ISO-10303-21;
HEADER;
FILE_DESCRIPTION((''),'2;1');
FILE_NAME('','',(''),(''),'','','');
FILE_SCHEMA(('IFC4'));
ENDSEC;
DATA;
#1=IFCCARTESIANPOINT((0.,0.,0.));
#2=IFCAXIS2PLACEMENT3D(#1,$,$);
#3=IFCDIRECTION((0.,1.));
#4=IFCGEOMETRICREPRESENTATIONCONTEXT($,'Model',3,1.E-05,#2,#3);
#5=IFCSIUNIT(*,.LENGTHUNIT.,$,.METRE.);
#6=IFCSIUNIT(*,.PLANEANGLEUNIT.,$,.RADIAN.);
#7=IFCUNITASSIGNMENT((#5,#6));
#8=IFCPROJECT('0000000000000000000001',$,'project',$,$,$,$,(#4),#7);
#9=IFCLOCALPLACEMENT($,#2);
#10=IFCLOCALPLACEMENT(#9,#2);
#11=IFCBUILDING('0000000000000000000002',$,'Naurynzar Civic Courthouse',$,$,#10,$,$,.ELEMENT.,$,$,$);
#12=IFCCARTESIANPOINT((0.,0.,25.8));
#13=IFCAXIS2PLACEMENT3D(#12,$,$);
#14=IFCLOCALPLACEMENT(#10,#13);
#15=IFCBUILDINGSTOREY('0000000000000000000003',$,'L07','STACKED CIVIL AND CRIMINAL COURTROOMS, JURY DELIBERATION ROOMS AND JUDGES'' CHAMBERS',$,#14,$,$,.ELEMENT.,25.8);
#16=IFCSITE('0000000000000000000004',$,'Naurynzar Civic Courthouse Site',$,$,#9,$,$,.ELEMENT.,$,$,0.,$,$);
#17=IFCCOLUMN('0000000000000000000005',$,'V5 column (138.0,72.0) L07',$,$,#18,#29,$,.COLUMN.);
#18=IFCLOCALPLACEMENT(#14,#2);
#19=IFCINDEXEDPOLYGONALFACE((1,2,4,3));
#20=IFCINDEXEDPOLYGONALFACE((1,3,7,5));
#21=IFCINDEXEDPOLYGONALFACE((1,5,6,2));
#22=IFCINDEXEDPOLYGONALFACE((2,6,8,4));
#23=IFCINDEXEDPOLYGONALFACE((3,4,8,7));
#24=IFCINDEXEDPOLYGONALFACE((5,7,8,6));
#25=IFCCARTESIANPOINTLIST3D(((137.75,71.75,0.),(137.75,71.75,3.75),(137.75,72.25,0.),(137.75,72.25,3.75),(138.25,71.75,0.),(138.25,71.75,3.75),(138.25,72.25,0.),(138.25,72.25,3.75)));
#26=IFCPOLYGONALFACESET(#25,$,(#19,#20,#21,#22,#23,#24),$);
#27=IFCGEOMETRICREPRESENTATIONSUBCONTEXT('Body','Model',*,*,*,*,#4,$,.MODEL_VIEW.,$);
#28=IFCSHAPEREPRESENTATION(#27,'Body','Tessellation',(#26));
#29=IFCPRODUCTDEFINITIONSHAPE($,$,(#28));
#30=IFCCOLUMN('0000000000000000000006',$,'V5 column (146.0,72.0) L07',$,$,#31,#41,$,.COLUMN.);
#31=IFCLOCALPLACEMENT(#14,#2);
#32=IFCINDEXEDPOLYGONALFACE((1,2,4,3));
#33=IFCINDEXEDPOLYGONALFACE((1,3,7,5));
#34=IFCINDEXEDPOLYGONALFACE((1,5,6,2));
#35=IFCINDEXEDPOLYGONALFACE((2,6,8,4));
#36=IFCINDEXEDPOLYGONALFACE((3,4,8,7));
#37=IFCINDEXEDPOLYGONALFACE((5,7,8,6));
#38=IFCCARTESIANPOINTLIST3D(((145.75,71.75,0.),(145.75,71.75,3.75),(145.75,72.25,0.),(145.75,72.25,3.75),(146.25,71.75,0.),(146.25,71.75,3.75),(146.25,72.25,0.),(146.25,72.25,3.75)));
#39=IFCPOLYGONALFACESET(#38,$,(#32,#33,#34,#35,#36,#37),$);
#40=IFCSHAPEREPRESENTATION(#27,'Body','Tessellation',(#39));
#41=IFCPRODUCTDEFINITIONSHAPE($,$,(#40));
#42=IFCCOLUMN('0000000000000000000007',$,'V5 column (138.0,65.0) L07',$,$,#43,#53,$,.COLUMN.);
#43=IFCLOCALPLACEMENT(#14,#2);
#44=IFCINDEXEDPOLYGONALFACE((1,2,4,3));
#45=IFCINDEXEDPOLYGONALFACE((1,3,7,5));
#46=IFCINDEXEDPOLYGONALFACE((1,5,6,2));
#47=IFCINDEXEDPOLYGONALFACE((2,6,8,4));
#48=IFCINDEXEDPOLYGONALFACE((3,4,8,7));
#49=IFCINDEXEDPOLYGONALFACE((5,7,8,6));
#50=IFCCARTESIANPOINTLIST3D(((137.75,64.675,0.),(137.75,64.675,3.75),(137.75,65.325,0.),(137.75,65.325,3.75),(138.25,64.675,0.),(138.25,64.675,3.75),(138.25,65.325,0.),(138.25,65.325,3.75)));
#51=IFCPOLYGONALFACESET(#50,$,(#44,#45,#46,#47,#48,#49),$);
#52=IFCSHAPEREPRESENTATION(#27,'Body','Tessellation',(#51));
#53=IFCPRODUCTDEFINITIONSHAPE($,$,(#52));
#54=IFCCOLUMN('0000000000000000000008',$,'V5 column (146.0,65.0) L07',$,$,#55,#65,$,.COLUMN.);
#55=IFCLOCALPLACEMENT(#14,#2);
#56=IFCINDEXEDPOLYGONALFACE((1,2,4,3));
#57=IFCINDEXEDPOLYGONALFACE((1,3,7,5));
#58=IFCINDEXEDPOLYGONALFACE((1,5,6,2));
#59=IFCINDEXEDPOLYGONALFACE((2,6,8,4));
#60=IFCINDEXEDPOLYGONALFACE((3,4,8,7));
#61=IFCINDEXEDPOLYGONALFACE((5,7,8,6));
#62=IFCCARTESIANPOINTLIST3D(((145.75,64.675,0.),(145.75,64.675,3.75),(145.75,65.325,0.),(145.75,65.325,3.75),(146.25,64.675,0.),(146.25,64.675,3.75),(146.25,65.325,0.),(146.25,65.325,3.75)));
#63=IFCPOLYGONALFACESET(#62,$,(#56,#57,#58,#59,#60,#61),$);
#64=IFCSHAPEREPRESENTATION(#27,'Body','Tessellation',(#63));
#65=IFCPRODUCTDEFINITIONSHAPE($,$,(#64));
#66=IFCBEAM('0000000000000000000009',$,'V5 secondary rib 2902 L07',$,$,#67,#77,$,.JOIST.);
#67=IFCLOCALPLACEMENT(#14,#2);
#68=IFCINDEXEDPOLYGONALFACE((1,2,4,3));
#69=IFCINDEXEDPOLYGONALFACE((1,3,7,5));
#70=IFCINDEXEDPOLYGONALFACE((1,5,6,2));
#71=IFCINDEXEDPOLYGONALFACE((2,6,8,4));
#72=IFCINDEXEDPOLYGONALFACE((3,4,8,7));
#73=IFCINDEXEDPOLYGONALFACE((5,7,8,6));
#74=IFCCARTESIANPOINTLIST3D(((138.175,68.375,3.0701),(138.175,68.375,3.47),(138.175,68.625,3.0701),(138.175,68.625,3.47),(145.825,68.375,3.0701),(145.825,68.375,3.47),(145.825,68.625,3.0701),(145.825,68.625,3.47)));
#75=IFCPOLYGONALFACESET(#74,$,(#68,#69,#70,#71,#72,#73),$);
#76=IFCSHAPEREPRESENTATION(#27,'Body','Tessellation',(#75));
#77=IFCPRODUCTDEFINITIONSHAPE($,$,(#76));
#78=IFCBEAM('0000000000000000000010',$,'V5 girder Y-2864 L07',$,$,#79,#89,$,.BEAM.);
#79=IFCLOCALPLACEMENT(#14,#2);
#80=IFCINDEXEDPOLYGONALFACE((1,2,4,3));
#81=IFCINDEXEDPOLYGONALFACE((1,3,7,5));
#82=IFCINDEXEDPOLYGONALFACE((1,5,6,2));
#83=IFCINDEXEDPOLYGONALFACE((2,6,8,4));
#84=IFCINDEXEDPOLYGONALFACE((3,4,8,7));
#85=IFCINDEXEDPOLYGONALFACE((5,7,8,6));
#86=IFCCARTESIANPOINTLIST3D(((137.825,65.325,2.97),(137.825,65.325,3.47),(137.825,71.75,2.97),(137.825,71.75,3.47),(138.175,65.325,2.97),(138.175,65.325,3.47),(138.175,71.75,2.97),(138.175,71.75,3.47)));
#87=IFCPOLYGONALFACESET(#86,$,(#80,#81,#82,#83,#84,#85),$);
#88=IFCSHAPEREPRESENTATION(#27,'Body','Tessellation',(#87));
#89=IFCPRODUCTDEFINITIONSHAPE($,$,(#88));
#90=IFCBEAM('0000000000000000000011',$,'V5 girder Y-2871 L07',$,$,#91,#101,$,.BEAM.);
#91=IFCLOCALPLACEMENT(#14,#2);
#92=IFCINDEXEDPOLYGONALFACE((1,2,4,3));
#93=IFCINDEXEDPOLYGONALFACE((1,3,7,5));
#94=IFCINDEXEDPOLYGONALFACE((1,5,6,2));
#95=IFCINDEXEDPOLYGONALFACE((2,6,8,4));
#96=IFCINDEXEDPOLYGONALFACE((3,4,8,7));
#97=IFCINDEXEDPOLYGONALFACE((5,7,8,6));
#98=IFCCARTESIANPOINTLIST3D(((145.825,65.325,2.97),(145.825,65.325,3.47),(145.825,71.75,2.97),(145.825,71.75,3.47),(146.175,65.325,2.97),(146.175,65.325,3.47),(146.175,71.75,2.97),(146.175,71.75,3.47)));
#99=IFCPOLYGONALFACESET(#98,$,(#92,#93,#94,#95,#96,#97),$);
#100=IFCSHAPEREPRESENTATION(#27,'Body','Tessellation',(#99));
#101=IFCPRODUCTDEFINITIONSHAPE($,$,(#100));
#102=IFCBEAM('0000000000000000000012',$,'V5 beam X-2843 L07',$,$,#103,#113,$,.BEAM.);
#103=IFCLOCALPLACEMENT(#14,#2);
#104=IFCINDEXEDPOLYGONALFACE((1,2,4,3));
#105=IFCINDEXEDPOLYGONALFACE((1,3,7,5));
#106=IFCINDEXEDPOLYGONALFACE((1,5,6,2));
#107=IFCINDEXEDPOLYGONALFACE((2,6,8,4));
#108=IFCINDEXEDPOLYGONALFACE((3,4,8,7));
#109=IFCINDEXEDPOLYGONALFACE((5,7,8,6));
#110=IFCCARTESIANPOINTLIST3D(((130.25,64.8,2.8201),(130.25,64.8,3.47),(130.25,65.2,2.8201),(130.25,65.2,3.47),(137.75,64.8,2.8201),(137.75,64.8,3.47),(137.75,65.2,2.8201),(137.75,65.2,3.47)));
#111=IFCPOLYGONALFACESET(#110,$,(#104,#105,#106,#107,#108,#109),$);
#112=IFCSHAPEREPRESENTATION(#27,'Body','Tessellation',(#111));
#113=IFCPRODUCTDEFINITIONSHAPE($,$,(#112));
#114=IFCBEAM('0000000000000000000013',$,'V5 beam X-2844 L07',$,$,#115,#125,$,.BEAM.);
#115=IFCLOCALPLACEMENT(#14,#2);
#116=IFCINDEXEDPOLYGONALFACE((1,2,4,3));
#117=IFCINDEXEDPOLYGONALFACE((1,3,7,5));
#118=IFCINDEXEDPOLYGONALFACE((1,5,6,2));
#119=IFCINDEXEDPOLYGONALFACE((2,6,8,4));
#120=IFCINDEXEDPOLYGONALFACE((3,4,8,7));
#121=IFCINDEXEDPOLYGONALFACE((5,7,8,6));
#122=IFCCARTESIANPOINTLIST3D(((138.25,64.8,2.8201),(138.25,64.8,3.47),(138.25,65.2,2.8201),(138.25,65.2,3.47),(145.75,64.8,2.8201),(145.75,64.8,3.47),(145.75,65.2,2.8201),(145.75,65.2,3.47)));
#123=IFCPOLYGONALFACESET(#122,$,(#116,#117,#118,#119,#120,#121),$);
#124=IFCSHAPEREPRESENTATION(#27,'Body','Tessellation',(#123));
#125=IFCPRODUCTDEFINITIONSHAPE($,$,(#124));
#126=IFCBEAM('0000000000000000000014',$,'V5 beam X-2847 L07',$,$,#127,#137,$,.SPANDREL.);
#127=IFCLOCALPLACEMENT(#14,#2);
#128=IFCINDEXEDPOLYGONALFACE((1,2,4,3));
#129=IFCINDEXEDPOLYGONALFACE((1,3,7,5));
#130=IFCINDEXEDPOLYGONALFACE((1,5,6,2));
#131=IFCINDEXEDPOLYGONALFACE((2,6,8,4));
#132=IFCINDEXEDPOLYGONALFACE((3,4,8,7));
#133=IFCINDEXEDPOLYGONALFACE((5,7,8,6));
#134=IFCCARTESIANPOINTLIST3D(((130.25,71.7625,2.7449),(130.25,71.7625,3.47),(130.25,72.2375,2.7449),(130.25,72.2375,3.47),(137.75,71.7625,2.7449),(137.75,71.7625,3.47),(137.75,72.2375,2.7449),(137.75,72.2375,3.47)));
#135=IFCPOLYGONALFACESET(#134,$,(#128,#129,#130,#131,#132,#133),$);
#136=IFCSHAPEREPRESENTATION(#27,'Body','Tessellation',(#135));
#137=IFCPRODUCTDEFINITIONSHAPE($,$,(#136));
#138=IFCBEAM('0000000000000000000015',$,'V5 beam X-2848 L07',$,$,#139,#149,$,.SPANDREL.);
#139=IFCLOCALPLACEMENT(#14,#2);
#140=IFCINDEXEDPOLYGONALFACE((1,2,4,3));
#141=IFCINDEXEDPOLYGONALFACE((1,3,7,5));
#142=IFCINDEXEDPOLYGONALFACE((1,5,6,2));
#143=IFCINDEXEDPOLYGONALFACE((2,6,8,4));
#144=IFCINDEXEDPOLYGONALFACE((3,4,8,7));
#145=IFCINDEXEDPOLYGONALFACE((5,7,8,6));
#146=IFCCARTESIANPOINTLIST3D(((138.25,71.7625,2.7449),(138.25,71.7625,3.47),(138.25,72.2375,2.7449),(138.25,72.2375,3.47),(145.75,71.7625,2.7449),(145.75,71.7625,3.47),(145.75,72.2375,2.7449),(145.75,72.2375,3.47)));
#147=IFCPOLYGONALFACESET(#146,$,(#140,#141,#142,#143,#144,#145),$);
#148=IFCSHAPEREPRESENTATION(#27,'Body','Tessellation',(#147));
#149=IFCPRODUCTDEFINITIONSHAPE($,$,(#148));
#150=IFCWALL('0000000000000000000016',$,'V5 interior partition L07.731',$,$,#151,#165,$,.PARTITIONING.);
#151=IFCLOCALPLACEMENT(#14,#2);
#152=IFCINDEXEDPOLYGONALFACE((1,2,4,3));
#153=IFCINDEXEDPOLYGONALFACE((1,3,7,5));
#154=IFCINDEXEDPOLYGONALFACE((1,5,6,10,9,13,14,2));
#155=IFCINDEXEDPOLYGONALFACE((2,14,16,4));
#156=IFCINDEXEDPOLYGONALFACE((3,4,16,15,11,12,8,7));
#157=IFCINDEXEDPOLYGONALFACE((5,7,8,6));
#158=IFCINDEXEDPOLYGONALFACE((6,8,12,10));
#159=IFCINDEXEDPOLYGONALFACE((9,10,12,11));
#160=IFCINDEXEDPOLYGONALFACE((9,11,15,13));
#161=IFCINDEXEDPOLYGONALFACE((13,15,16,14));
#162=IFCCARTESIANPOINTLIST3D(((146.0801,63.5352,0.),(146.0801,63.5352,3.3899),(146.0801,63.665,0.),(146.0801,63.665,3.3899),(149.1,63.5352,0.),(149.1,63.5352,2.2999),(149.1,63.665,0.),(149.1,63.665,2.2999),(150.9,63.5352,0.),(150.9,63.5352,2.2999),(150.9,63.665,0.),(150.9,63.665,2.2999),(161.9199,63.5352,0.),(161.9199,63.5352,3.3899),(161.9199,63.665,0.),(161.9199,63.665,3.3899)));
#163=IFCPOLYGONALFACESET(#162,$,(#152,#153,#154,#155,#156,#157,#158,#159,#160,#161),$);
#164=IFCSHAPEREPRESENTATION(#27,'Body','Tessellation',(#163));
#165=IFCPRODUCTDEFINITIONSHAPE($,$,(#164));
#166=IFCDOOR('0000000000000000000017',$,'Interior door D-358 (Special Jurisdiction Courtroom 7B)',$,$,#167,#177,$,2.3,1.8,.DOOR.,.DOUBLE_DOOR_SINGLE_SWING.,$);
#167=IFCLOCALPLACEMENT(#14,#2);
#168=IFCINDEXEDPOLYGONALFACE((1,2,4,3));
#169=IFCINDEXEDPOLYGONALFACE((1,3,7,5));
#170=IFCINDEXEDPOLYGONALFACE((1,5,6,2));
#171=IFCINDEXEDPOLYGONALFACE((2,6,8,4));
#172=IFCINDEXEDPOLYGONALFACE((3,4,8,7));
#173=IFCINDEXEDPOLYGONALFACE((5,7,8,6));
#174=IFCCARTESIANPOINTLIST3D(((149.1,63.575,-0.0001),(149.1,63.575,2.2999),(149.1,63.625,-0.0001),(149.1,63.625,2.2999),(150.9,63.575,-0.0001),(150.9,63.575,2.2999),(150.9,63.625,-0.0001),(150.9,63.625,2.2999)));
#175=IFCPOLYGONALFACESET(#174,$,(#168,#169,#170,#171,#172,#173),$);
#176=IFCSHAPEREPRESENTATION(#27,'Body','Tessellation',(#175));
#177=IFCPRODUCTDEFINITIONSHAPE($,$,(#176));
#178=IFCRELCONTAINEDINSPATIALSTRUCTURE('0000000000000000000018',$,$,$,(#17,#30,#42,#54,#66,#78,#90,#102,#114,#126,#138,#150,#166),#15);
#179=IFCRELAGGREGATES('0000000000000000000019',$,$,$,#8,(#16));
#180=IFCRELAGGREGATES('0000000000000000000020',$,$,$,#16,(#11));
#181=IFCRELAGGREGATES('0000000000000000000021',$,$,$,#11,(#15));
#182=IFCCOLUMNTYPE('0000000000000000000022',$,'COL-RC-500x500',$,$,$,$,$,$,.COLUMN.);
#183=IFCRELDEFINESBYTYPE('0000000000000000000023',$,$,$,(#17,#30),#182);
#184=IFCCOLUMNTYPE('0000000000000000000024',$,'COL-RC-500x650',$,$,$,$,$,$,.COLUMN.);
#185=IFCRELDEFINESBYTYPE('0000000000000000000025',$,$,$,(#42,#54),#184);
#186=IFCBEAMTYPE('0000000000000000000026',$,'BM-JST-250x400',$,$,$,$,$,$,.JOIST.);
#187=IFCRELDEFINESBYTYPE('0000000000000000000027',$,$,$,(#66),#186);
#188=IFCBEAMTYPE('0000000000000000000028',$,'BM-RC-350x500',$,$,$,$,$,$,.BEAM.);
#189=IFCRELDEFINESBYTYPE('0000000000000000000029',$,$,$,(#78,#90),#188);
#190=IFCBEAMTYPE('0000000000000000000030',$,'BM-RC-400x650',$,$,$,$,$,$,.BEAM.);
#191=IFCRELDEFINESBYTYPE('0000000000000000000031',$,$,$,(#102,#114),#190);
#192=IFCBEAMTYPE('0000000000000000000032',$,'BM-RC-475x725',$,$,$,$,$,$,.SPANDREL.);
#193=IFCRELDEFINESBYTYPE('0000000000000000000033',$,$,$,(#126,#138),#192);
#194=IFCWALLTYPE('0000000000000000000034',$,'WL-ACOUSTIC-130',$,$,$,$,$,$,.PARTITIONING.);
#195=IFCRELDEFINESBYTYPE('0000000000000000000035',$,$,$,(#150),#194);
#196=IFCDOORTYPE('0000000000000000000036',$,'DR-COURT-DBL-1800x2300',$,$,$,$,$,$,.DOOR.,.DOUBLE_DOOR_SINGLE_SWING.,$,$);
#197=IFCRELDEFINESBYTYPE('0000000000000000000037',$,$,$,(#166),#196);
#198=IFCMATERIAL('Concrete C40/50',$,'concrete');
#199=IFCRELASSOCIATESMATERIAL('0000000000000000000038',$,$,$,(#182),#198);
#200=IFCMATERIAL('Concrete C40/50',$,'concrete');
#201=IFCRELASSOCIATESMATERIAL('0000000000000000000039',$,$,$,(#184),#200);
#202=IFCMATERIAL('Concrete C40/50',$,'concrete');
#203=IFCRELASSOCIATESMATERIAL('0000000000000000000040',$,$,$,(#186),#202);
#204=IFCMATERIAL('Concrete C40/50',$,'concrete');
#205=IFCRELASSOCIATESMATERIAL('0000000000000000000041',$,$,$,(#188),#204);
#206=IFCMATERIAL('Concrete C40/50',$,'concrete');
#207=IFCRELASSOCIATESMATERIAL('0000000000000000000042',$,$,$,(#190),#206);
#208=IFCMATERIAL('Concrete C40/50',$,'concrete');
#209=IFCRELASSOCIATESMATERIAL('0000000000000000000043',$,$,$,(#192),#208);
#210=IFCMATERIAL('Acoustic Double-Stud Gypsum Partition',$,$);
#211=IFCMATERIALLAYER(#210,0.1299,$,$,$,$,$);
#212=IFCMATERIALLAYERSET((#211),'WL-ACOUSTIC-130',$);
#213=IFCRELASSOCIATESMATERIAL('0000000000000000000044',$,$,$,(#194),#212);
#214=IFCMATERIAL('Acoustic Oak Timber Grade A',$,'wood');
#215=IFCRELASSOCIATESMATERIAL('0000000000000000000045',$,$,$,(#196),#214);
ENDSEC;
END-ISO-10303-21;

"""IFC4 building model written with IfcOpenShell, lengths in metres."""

from ifc_helpers import new_model, si_unit, direction, frame, frame_2d, origin, origin_2d, place, context, subcontext, project, spatial, rectangle, extrude, material, layer, layer_set, material_profile, profile_set, type_object, element, fill, save


model = new_model("IFC4")

# Units and contexts
model_context = context("Model", 3, precision=1e-05, world=origin(), true_north=direction((0.0, 1.0)))
body_context = subcontext(model_context, "Body", "Model", "MODEL_VIEW")
ifc_project = project(units=[si_unit("LENGTHUNIT", "METRE"), si_unit("PLANEANGLEUNIT", "RADIAN")], contexts=[model_context])

# Site, building, storey
site_placement = place(None, origin())
site = spatial("IfcSite", under=ifc_project, at=site_placement, Name="Naurynzar Civic Courthouse Site", CompositionType="ELEMENT", RefElevation=0.0)
building_placement = place(site_placement, origin())
building = spatial("IfcBuilding", under=site, at=building_placement, Name="Naurynzar Civic Courthouse", CompositionType="ELEMENT")
storey_placement = place(building_placement, frame((0.0, 0.0, 25.8)))
storey = spatial("IfcBuildingStorey", under=building, at=storey_placement, Name="L07", Description="STACKED CIVIL AND CRIMINAL COURTROOMS, JURY DELIBERATION ROOMS AND JUDGES' CHAMBERS", CompositionType="ELEMENT", Elevation=25.8)

# Columns
ifc_material_1 = material(Name="Concrete C40/50", Category="concrete")
ifc_material_profile_1 = material_profile(ifc_material_1, rectangle(XDim=0.5, YDim=0.5, at=origin_2d()), Name="RC 500x500")
ifc_profile_set_1 = profile_set([ifc_material_profile_1], Name="Concrete C40/50")
column_type_1 = type_object("IfcColumnType", Name="COL-RC-500x500", PredefinedType="COLUMN", material=ifc_profile_set_1)
for number, where, z_axis, x_axis, name in (
    (1, (138.0, 72.0, 0.0), (0.0, 0.0, 1.0), (1.0, 0.0, 0.0), "V5 column (138.0,72.0) L07"),
    (2, (146.0, 72.0, 0.0), (0.0, 0.0, 1.0), (1.0, 0.0, 0.0), "V5 column (146.0,72.0) L07"),
):
    element("IfcColumn", number, at=place(storey_placement, frame(where, z_axis=z_axis, x_axis=x_axis)), inside=storey, type_object=column_type_1, Name=name, PredefinedType="COLUMN", context=body_context, shape_type="SweptSolid", body=[
        extrude(rectangle(XDim=0.5, YDim=0.5, at=origin_2d()), origin(), (0.0, 0.0, 1.0), 3.75),
    ])
ifc_material_2 = material(Name="Concrete C40/50", Category="concrete")
ifc_material_profile_2 = material_profile(ifc_material_2, rectangle(XDim=0.5, YDim=0.6499, at=origin_2d()), Name="RC 500x650")
ifc_profile_set_2 = profile_set([ifc_material_profile_2], Name="Concrete C40/50")
column_type_2 = type_object("IfcColumnType", Name="COL-RC-500x650", PredefinedType="COLUMN", material=ifc_profile_set_2)
for number, where, z_axis, x_axis, name in (
    (3, (138.0, 65.0, 0.0), (0.0, 0.0, 1.0), (1.0, 0.0, 0.0), "V5 column (138.0,65.0) L07"),
    (4, (146.0, 65.0, 0.0), (0.0, 0.0, 1.0), (1.0, 0.0, 0.0), "V5 column (146.0,65.0) L07"),
):
    element("IfcColumn", number, at=place(storey_placement, frame(where, z_axis=z_axis, x_axis=x_axis)), inside=storey, type_object=column_type_2, Name=name, PredefinedType="COLUMN", context=body_context, shape_type="SweptSolid", body=[
        extrude(rectangle(XDim=0.5, YDim=0.6499, at=origin_2d()), origin(), (0.0, 0.0, 1.0), 3.75),
    ])

# Beams
ifc_material_3 = material(Name="Concrete C40/50", Category="concrete")
ifc_material_profile_3 = material_profile(ifc_material_3, rectangle(XDim=0.25, YDim=0.3999, at=origin_2d()), Name="RCB 250x400")
ifc_profile_set_3 = profile_set([ifc_material_profile_3], Name="Concrete C40/50")
beam_type_1 = type_object("IfcBeamType", Name="BM-JST-250x400", PredefinedType="JOIST", material=ifc_profile_set_3)
beam_placement = place(storey_placement, frame((138.175, 68.5, 3.27), z_axis=(1.0, 0.0, 0.0), x_axis=(0.0, 1.0, 0.0)))
element("IfcBeam", 5, at=beam_placement, inside=storey, type_object=beam_type_1, Name="V5 secondary rib 2902 L07", PredefinedType="JOIST", context=body_context, shape_type="SweptSolid", body=[
    extrude(rectangle(XDim=0.25, YDim=0.3999, at=origin_2d()), origin(), (0.0, 0.0, 1.0), 7.6499),
])
ifc_material_4 = material(Name="Concrete C40/50", Category="concrete")
ifc_material_profile_4 = material_profile(ifc_material_4, rectangle(XDim=0.3501, YDim=0.5, at=origin_2d()), Name="RCB 350x500")
ifc_profile_set_4 = profile_set([ifc_material_profile_4], Name="Concrete C40/50")
beam_type_2 = type_object("IfcBeamType", Name="BM-RC-350x500", PredefinedType="BEAM", material=ifc_profile_set_4)
for number, where, z_axis, x_axis, name in (
    (6, (138.0, 65.325, 3.22), (0.0, 1.0, 0.0), (-1.0, 0.0, 0.0), "V5 girder Y-2864 L07"),
    (7, (146.0, 65.325, 3.22), (0.0, 1.0, 0.0), (-1.0, 0.0, 0.0), "V5 girder Y-2871 L07"),
):
    element("IfcBeam", number, at=place(storey_placement, frame(where, z_axis=z_axis, x_axis=x_axis)), inside=storey, type_object=beam_type_2, Name=name, PredefinedType="BEAM", context=body_context, shape_type="SweptSolid", body=[
        extrude(rectangle(XDim=0.3501, YDim=0.5, at=origin_2d()), origin(), (0.0, 0.0, 1.0), 6.425),
    ])
ifc_material_5 = material(Name="Concrete C40/50", Category="concrete")
ifc_material_profile_5 = material_profile(ifc_material_5, rectangle(XDim=0.3999, YDim=0.6499, at=origin_2d()), Name="RCB 400x650")
ifc_profile_set_5 = profile_set([ifc_material_profile_5], Name="Concrete C40/50")
beam_type_3 = type_object("IfcBeamType", Name="BM-RC-400x650", PredefinedType="BEAM", material=ifc_profile_set_5)
for number, where, z_axis, x_axis, name in (
    (8, (130.25, 65.0, 3.145), (1.0, 0.0, 0.0), (0.0, 1.0, 0.0), "V5 beam X-2843 L07"),
    (9, (138.25, 65.0, 3.145), (1.0, 0.0, 0.0), (0.0, 1.0, 0.0), "V5 beam X-2844 L07"),
):
    element("IfcBeam", number, at=place(storey_placement, frame(where, z_axis=z_axis, x_axis=x_axis)), inside=storey, type_object=beam_type_3, Name=name, PredefinedType="BEAM", context=body_context, shape_type="SweptSolid", body=[
        extrude(rectangle(XDim=0.3999, YDim=0.6499, at=origin_2d()), origin(), (0.0, 0.0, 1.0), 7.5),
    ])
ifc_material_6 = material(Name="Concrete C40/50", Category="concrete")
ifc_material_profile_6 = material_profile(ifc_material_6, rectangle(XDim=0.4751, YDim=0.7251, at=origin_2d()), Name="RCB 475x725")
ifc_profile_set_6 = profile_set([ifc_material_profile_6], Name="Concrete C40/50")
beam_type_4 = type_object("IfcBeamType", Name="BM-RC-475x725", PredefinedType="SPANDREL", material=ifc_profile_set_6)
for number, where, z_axis, x_axis, name in (
    (10, (130.25, 72.0, 3.1074), (1.0, 0.0, 0.0), (0.0, 1.0, 0.0), "V5 beam X-2847 L07"),
    (11, (138.25, 72.0, 3.1074), (1.0, 0.0, 0.0), (0.0, 1.0, 0.0), "V5 beam X-2848 L07"),
):
    element("IfcBeam", number, at=place(storey_placement, frame(where, z_axis=z_axis, x_axis=x_axis)), inside=storey, type_object=beam_type_4, Name=name, PredefinedType="SPANDREL", context=body_context, shape_type="SweptSolid", body=[
        extrude(rectangle(XDim=0.4751, YDim=0.7251, at=origin_2d()), origin(), (0.0, 0.0, 1.0), 7.5),
    ])

# Wall, opening, door
ifc_material_7 = material(Name="Acoustic Double-Stud Gypsum Partition")
ifc_layer_1 = layer(ifc_material_7, 0.1299)
ifc_layer_set_1 = layer_set([ifc_layer_1], Name="WL-ACOUSTIC-130")
wall_type_1 = type_object("IfcWallType", Name="WL-ACOUSTIC-130", PredefinedType="PARTITIONING", material=ifc_layer_set_1)
wall_1_placement = place(storey_placement, frame((146.0801, 63.6001, 0.0), z_axis=(0.0, 0.0, 1.0), x_axis=(1.0, 0.0, 0.0)))
wall_1 = element("IfcWall", 12, at=wall_1_placement, inside=storey, type_object=wall_type_1, Name="V5 interior partition L07.731", PredefinedType="PARTITIONING", context=body_context, shape_type="SweptSolid", body=[
    extrude(rectangle(XDim=15.8398, YDim=0.1299, at=frame_2d((7.9199, 0.0))), origin(), (0.0, 0.0, 1.0), 3.3899),
])
opening_1_placement = place(wall_1_placement, frame((3.02, 0.0, 0.0)))
opening_1 = element("IfcOpeningElement", 13, at=opening_1_placement, cuts=wall_1, PredefinedType="OPENING", context=body_context, shape_type="SweptSolid", body=[
    extrude(rectangle(XDim=1.8, YDim=2.3, at=frame_2d((0.8999, 1.1499))), frame((0.0, 0.075, 0.0), z_axis=(0.0, -1.0, 0.0), x_axis=(1.0, 0.0, 0.0)), (0.0, 0.0, 1.0), 0.1499),
])
ifc_material_8 = material(Name="Acoustic Oak Timber Grade A", Category="wood")
door_type_1 = type_object("IfcDoorType", Name="DR-COURT-DBL-1800x2300", OperationType="DOUBLE_DOOR_SINGLE_SWING", PredefinedType="DOOR", material=ifc_material_8)
door_1_placement = place(opening_1_placement, origin())
door_1 = element("IfcDoor", 14, at=door_1_placement, inside=storey, type_object=door_type_1, Name="Interior door D-358 (Special Jurisdiction Courtroom 7B)", OperationType="DOUBLE_DOOR_SINGLE_SWING", OverallHeight=2.3, OverallWidth=1.8, PredefinedType="DOOR", context=body_context, shape_type="SweptSolid", body=[
    extrude(rectangle(XDim=1.8, YDim=2.3, at=frame_2d((0.8999, 1.1499))), frame((0.0, 0.0249, 0.0), z_axis=(0.0, -1.0, 0.0), x_axis=(1.0, 0.0, 0.0)), (0.0, 0.0, 1.0), 0.05),
])
fill(opening_1, door_1)

save(model, "model.ifc")
